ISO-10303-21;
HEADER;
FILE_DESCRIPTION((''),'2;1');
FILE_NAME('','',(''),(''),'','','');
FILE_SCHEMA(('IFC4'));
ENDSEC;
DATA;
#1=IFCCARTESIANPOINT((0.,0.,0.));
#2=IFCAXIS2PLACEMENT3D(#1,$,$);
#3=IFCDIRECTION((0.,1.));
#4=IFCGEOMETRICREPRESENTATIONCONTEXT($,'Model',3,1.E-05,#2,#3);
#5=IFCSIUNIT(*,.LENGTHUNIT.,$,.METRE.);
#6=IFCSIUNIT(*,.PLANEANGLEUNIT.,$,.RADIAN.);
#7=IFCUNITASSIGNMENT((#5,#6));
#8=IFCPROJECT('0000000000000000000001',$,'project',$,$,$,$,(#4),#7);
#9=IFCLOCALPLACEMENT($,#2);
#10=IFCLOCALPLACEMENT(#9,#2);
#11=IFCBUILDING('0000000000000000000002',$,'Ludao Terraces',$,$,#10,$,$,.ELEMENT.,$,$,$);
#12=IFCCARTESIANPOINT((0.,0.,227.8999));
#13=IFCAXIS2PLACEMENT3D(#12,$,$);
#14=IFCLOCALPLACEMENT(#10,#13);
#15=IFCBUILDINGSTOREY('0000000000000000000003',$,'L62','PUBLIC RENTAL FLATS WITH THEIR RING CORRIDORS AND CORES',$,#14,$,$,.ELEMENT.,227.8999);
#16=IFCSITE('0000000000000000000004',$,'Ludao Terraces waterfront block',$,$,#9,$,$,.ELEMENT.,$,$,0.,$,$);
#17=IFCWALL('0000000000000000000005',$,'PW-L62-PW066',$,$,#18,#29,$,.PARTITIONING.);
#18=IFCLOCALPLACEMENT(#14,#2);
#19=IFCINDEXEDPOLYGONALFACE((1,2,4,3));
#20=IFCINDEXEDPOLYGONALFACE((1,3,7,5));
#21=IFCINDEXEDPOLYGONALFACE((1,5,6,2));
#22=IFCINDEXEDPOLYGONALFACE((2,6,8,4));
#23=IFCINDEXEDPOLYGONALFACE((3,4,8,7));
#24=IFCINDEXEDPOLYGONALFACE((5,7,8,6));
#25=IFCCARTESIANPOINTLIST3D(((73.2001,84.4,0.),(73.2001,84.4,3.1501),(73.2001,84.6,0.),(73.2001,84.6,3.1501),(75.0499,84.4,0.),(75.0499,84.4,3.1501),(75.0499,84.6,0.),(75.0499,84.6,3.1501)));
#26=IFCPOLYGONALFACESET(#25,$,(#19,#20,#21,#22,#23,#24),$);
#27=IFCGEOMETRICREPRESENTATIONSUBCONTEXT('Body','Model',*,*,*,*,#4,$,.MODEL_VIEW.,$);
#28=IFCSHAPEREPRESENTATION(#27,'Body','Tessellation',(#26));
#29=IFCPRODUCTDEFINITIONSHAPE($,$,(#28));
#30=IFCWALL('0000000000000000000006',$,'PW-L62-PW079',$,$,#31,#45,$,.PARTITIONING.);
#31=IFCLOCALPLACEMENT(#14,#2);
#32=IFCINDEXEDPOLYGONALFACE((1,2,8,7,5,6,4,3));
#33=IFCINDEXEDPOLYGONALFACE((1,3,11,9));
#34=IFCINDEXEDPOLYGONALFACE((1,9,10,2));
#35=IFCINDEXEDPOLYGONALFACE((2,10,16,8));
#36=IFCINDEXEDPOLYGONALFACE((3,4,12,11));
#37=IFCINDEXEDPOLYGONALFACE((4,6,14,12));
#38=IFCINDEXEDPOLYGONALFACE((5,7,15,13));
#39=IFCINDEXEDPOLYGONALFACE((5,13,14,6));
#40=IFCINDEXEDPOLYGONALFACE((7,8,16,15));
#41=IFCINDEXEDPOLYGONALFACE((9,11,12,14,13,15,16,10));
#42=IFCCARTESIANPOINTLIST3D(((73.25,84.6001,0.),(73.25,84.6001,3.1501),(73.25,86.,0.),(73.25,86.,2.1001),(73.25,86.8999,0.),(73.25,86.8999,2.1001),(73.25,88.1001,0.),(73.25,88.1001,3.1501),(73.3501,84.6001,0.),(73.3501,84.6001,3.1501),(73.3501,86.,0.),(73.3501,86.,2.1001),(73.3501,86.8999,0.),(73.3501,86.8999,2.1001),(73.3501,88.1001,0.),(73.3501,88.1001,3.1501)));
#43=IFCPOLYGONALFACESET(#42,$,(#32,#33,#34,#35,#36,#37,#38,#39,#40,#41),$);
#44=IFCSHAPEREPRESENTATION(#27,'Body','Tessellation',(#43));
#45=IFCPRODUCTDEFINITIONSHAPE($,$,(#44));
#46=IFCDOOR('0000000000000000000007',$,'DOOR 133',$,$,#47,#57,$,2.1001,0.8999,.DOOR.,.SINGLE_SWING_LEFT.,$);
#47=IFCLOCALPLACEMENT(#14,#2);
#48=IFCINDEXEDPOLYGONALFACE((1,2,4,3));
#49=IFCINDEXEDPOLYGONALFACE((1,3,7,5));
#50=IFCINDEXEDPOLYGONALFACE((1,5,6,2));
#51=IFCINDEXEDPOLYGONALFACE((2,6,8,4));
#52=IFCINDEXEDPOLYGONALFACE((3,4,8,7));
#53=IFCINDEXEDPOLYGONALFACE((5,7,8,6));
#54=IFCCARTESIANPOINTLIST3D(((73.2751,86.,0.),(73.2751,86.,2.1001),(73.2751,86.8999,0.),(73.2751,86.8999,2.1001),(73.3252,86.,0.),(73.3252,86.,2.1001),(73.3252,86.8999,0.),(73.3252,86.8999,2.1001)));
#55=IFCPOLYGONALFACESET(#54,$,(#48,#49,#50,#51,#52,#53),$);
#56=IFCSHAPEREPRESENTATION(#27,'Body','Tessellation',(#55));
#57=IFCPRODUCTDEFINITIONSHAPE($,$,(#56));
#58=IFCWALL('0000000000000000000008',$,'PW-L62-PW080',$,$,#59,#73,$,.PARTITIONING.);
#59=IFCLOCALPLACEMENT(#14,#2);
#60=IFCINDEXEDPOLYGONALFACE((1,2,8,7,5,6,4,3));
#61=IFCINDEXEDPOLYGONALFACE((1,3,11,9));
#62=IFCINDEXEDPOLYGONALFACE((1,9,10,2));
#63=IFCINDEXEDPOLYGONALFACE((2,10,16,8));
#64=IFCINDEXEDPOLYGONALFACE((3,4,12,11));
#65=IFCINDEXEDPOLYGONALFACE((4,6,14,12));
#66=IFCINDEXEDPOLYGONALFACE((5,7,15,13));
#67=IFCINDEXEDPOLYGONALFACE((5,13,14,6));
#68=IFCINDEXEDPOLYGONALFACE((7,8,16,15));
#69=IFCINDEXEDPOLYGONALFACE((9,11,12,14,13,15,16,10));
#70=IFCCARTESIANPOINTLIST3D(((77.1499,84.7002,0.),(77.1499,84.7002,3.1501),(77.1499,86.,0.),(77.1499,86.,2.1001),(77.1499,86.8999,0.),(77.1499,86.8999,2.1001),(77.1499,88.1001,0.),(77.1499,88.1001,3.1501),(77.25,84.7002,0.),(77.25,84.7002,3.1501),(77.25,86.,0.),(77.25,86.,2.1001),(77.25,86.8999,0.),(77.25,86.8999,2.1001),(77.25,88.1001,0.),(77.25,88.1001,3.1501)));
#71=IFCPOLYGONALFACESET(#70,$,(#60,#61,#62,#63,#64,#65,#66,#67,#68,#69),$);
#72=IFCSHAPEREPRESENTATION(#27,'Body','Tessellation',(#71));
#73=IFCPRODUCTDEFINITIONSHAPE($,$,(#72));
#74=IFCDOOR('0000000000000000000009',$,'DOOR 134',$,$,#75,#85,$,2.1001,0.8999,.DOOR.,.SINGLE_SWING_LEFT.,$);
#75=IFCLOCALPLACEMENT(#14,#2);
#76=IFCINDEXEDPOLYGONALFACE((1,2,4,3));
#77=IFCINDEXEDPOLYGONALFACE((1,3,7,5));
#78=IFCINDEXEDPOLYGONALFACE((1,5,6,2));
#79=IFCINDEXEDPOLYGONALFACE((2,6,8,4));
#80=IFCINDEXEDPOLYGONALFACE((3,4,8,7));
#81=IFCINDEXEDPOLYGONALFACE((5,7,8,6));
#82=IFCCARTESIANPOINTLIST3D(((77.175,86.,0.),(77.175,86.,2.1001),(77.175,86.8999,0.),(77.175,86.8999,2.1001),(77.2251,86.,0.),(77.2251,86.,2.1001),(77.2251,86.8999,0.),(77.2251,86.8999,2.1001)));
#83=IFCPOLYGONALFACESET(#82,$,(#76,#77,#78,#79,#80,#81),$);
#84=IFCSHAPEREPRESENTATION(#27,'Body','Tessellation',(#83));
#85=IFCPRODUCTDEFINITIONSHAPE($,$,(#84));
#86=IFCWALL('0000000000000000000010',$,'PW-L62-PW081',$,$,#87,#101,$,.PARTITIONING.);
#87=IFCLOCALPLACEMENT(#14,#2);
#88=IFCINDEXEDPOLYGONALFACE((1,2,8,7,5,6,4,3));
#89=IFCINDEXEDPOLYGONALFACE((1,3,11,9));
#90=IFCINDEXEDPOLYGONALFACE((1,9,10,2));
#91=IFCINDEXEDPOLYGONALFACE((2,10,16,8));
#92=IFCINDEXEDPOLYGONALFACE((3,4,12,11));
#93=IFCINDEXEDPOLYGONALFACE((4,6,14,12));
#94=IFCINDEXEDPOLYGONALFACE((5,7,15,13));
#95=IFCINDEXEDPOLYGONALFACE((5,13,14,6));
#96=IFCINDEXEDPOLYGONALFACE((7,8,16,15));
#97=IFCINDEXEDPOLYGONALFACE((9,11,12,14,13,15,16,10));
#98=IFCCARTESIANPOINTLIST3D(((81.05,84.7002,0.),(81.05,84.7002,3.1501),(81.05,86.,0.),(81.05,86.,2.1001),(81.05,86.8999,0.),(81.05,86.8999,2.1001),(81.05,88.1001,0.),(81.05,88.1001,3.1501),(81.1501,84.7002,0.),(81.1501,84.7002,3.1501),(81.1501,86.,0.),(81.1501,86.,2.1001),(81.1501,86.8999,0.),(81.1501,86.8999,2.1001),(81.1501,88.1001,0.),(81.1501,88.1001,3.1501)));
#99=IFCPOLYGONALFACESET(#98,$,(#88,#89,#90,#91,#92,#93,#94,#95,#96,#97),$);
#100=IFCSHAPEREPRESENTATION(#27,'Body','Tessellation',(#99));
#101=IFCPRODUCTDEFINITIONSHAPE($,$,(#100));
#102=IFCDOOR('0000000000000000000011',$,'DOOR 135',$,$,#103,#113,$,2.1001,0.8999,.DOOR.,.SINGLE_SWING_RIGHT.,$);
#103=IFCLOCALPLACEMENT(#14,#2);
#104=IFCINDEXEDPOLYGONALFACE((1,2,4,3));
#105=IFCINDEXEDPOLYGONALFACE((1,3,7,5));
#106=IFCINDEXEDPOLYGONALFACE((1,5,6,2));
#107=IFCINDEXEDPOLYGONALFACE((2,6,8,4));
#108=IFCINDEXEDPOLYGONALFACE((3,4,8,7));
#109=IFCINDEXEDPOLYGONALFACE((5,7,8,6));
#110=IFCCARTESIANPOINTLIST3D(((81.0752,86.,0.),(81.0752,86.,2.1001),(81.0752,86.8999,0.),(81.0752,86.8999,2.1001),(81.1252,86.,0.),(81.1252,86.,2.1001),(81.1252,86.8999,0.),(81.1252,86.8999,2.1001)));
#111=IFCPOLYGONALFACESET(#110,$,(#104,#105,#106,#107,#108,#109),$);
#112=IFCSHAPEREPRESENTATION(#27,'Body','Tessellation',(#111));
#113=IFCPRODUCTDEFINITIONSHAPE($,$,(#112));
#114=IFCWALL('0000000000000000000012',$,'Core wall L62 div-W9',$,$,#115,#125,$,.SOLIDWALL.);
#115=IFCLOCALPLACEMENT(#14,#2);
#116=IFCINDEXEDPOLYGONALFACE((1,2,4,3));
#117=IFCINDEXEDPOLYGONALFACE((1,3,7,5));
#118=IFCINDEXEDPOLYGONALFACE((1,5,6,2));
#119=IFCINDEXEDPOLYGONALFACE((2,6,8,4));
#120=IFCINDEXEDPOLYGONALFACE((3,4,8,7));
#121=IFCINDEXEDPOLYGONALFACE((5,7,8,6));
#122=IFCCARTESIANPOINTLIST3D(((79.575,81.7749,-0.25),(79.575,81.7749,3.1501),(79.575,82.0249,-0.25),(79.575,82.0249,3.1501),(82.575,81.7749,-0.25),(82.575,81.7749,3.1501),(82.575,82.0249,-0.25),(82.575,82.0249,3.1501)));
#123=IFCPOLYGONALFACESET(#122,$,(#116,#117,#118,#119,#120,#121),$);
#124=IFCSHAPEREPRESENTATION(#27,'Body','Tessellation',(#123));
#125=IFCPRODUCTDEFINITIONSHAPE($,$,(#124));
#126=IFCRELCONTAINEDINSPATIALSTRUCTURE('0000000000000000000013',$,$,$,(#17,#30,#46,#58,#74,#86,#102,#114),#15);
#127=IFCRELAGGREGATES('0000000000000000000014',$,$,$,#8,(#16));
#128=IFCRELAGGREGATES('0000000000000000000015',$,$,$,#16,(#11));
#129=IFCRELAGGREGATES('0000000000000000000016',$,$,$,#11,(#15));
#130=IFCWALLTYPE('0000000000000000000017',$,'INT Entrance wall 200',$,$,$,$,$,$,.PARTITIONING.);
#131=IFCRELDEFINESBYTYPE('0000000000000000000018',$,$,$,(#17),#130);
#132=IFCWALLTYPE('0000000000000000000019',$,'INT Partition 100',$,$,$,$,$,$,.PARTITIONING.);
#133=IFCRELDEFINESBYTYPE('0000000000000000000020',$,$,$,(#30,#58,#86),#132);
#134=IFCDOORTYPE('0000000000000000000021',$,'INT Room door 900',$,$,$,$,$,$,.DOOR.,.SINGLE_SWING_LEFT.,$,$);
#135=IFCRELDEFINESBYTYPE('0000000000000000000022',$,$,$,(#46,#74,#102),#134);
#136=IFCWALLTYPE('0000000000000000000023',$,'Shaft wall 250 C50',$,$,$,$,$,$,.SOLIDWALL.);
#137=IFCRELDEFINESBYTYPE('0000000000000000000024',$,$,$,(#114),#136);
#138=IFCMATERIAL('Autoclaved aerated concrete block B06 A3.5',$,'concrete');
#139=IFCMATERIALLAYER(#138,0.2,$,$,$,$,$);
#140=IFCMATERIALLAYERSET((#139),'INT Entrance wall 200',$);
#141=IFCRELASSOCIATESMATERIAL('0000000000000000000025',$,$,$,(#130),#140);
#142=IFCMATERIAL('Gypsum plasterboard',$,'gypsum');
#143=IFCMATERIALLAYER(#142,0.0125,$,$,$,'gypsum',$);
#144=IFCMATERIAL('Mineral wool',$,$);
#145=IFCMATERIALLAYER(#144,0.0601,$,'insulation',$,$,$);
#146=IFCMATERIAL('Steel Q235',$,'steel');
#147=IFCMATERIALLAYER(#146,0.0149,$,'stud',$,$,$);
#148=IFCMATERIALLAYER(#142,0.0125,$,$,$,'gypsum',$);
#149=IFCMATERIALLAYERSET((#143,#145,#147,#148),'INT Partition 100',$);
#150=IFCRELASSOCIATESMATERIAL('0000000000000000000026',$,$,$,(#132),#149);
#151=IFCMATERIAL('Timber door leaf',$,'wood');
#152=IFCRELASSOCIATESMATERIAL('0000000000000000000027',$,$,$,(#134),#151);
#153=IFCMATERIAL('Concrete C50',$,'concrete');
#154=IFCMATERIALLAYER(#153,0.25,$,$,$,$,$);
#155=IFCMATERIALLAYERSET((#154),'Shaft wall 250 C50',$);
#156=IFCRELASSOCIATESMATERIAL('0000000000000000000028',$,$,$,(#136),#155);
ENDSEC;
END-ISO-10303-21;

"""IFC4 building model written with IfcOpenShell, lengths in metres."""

from ifc_helpers import new_model, si_unit, direction, frame, frame_2d, origin, place, context, subcontext, project, spatial, rectangle, extrude, material, layer, layer_set, type_object, element, fill, save


model = new_model("IFC4")

# Units and contexts
model_context = context("Model", 3, precision=1e-05, world=origin(), true_north=direction((0.0, 1.0)))
body_context = subcontext(model_context, "Body", "Model", "MODEL_VIEW")
ifc_project = project(units=[si_unit("LENGTHUNIT", "METRE"), si_unit("PLANEANGLEUNIT", "RADIAN")], contexts=[model_context])

# Site, building, storey
site_placement = place(None, origin())
site = spatial("IfcSite", under=ifc_project, at=site_placement, Name="Ludao Terraces waterfront block", CompositionType="ELEMENT", RefElevation=0.0)
building_placement = place(site_placement, origin())
building = spatial("IfcBuilding", under=site, at=building_placement, Name="Ludao Terraces", CompositionType="ELEMENT")
storey_placement = place(building_placement, frame((0.0, 0.0, 227.8999)))
storey = spatial("IfcBuildingStorey", under=building, at=storey_placement, Name="L62", Description="PUBLIC RENTAL FLATS WITH THEIR RING CORRIDORS AND CORES", CompositionType="ELEMENT", Elevation=227.8999)

# Shared definitions
ifc_material_1 = material(Name="Concrete C50", Category="concrete")

# Shared definitions
ifc_material_2 = material(Name="Mineral wool")

# Wall
ifc_material_3 = material(Name="Autoclaved aerated concrete block B06 A3.5", Category="concrete")
ifc_layer_1 = layer(ifc_material_3, 0.2)
ifc_layer_set_1 = layer_set([ifc_layer_1], Name="INT Entrance wall 200")
wall_type_1 = type_object("IfcWallType", Name="INT Entrance wall 200", PredefinedType="PARTITIONING", material=ifc_layer_set_1)
wall_1_placement = place(storey_placement, frame((73.2002, 84.5, 0.0), z_axis=(0.0, 0.0, 1.0), x_axis=(1.0, 0.0, 0.0)))
element("IfcWall", 1, at=wall_1_placement, inside=storey, type_object=wall_type_1, Name="PW-L62-PW066", PredefinedType="PARTITIONING", context=body_context, shape_type="SweptSolid", body=[
    extrude(rectangle(XDim=1.8499, YDim=0.2, at=frame_2d((0.9248, 0.0))), origin(), (0.0, 0.0, 1.0), 3.1501),
])

# Walls, openings, doors
ifc_material_4 = material(Name="Gypsum plasterboard", Category="gypsum")
ifc_layer_2 = layer(ifc_material_4, 0.0125, Category="gypsum")
ifc_layer_3 = layer(ifc_material_2, 0.0601, Name="insulation")
ifc_material_5 = material(Name="Steel Q235", Category="steel")
ifc_layer_4 = layer(ifc_material_5, 0.0149, Name="stud")
ifc_layer_5 = layer(ifc_material_4, 0.0125, Category="gypsum")
ifc_layer_set_2 = layer_set([ifc_layer_2, ifc_layer_3, ifc_layer_4, ifc_layer_5], Name="INT Partition 100")
wall_type_2 = type_object("IfcWallType", Name="INT Partition 100", PredefinedType="PARTITIONING", material=ifc_layer_set_2)
wall_2_placement = place(storey_placement, frame((73.3, 84.6001, 0.0), z_axis=(0.0, 0.0, 1.0), x_axis=(0.0, 1.0, 0.0)))
wall_2 = element("IfcWall", 2, at=wall_2_placement, inside=storey, type_object=wall_type_2, Name="PW-L62-PW079", PredefinedType="PARTITIONING", context=body_context, shape_type="SweptSolid", body=[
    extrude(rectangle(XDim=3.5, YDim=0.1001, at=frame_2d((1.75, 0.0))), origin(), (0.0, 0.0, 1.0), 3.1501),
])
opening_1_placement = place(wall_2_placement, frame((1.3999, 0.0, 0.0)))
opening_1 = element("IfcOpeningElement", 3, at=opening_1_placement, cuts=wall_2, PredefinedType="OPENING", context=body_context, shape_type="SweptSolid", body=[
    extrude(rectangle(XDim=0.8999, YDim=2.1001, at=frame_2d((0.45, 1.05))), frame((0.0, 0.0601, 0.0), z_axis=(0.0, -1.0, 0.0), x_axis=(1.0, 0.0, 0.0)), (0.0, 0.0, 1.0), 0.1201),
])
ifc_material_6 = material(Name="Timber door leaf", Category="wood")
door_type = type_object("IfcDoorType", Name="INT Room door 900", OperationType="SINGLE_SWING_LEFT", PredefinedType="DOOR", material=ifc_material_6)
door_1_placement = place(opening_1_placement, origin())
door_1 = element("IfcDoor", 4, at=door_1_placement, inside=storey, type_object=door_type, Name="DOOR 133", OperationType="SINGLE_SWING_LEFT", OverallHeight=2.1001, OverallWidth=0.8999, PredefinedType="DOOR", context=body_context, shape_type="SweptSolid", body=[
    extrude(rectangle(XDim=0.8999, YDim=2.1001, at=frame_2d((0.45, 1.05))), frame((0.0, 0.0249, 0.0), z_axis=(0.0, -1.0, 0.0), x_axis=(1.0, 0.0, 0.0)), (0.0, 0.0, 1.0), 0.05),
])
fill(opening_1, door_1)
wall_3_placement = place(storey_placement, frame((77.2, 84.7002, 0.0), z_axis=(0.0, 0.0, 1.0), x_axis=(0.0, 1.0, 0.0)))
wall_3 = element("IfcWall", 5, at=wall_3_placement, inside=storey, type_object=wall_type_2, Name="PW-L62-PW080", PredefinedType="PARTITIONING", context=body_context, shape_type="SweptSolid", body=[
    extrude(rectangle(XDim=3.3999, YDim=0.1001, at=frame_2d((1.7, 0.0))), origin(), (0.0, 0.0, 1.0), 3.1501),
])
opening_2_placement = place(wall_3_placement, frame((1.2998, 0.0, 0.0)))
opening_2 = element("IfcOpeningElement", 6, at=opening_2_placement, cuts=wall_3, PredefinedType="OPENING", context=body_context, shape_type="SweptSolid", body=[
    extrude(rectangle(XDim=0.8999, YDim=2.1001, at=frame_2d((0.45, 1.05))), frame((0.0, 0.0601, 0.0), z_axis=(0.0, -1.0, 0.0), x_axis=(1.0, 0.0, 0.0)), (0.0, 0.0, 1.0), 0.1201),
])
door_2_placement = place(opening_2_placement, origin())
door_2 = element("IfcDoor", 7, at=door_2_placement, inside=storey, type_object=door_type, Name="DOOR 134", OperationType="SINGLE_SWING_LEFT", OverallHeight=2.1001, OverallWidth=0.8999, PredefinedType="DOOR", context=body_context, shape_type="SweptSolid", body=[
    extrude(rectangle(XDim=0.8999, YDim=2.1001, at=frame_2d((0.45, 1.05))), frame((0.0, 0.0249, 0.0), z_axis=(0.0, -1.0, 0.0), x_axis=(1.0, 0.0, 0.0)), (0.0, 0.0, 1.0), 0.05),
])
fill(opening_2, door_2)
wall_4_placement = place(storey_placement, frame((81.1001, 84.7002, 0.0), z_axis=(0.0, 0.0, 1.0), x_axis=(0.0, 1.0, 0.0)))
wall_4 = element("IfcWall", 8, at=wall_4_placement, inside=storey, type_object=wall_type_2, Name="PW-L62-PW081", PredefinedType="PARTITIONING", context=body_context, shape_type="SweptSolid", body=[
    extrude(rectangle(XDim=3.3999, YDim=0.1001, at=frame_2d((1.7, 0.0))), origin(), (0.0, 0.0, 1.0), 3.1501),
])
opening_3_placement = place(wall_4_placement, frame((1.2998, 0.0, 0.0)))
opening_3 = element("IfcOpeningElement", 9, at=opening_3_placement, cuts=wall_4, PredefinedType="OPENING", context=body_context, shape_type="SweptSolid", body=[
    extrude(rectangle(XDim=0.8999, YDim=2.1001, at=frame_2d((0.45, 1.05))), frame((0.0, 0.0601, 0.0), z_axis=(0.0, -1.0, 0.0), x_axis=(1.0, 0.0, 0.0)), (0.0, 0.0, 1.0), 0.1201),
])
door_3_placement = place(opening_3_placement, origin())
door_3 = element("IfcDoor", 10, at=door_3_placement, inside=storey, type_object=door_type, Name="DOOR 135", OperationType="SINGLE_SWING_RIGHT", OverallHeight=2.1001, OverallWidth=0.8999, PredefinedType="DOOR", context=body_context, shape_type="SweptSolid", body=[
    extrude(rectangle(XDim=0.8999, YDim=2.1001, at=frame_2d((0.45, 1.05))), frame((0.0, 0.0249, 0.0), z_axis=(0.0, -1.0, 0.0), x_axis=(1.0, 0.0, 0.0)), (0.0, 0.0, 1.0), 0.05),
])
fill(opening_3, door_3)

# Wall
ifc_layer_6 = layer(ifc_material_1, 0.25)
ifc_layer_set_3 = layer_set([ifc_layer_6], Name="Shaft wall 250 C50")
wall_type_3 = type_object("IfcWallType", Name="Shaft wall 250 C50", PredefinedType="SOLIDWALL", material=ifc_layer_set_3)
wall_5_placement = place(storey_placement, frame((79.575, 81.8999, -0.25), z_axis=(0.0, 0.0, 1.0), x_axis=(1.0, 0.0, 0.0)))
element("IfcWall", 11, at=wall_5_placement, inside=storey, type_object=wall_type_3, Name="Core wall L62 div-W9", PredefinedType="SOLIDWALL", context=body_context, shape_type="SweptSolid", body=[
    extrude(rectangle(XDim=3.0, YDim=0.25, at=frame_2d((1.5, 0.0))), origin(), (0.0, 0.0, 1.0), 3.4001),
])

save(model, "model.ifc")
